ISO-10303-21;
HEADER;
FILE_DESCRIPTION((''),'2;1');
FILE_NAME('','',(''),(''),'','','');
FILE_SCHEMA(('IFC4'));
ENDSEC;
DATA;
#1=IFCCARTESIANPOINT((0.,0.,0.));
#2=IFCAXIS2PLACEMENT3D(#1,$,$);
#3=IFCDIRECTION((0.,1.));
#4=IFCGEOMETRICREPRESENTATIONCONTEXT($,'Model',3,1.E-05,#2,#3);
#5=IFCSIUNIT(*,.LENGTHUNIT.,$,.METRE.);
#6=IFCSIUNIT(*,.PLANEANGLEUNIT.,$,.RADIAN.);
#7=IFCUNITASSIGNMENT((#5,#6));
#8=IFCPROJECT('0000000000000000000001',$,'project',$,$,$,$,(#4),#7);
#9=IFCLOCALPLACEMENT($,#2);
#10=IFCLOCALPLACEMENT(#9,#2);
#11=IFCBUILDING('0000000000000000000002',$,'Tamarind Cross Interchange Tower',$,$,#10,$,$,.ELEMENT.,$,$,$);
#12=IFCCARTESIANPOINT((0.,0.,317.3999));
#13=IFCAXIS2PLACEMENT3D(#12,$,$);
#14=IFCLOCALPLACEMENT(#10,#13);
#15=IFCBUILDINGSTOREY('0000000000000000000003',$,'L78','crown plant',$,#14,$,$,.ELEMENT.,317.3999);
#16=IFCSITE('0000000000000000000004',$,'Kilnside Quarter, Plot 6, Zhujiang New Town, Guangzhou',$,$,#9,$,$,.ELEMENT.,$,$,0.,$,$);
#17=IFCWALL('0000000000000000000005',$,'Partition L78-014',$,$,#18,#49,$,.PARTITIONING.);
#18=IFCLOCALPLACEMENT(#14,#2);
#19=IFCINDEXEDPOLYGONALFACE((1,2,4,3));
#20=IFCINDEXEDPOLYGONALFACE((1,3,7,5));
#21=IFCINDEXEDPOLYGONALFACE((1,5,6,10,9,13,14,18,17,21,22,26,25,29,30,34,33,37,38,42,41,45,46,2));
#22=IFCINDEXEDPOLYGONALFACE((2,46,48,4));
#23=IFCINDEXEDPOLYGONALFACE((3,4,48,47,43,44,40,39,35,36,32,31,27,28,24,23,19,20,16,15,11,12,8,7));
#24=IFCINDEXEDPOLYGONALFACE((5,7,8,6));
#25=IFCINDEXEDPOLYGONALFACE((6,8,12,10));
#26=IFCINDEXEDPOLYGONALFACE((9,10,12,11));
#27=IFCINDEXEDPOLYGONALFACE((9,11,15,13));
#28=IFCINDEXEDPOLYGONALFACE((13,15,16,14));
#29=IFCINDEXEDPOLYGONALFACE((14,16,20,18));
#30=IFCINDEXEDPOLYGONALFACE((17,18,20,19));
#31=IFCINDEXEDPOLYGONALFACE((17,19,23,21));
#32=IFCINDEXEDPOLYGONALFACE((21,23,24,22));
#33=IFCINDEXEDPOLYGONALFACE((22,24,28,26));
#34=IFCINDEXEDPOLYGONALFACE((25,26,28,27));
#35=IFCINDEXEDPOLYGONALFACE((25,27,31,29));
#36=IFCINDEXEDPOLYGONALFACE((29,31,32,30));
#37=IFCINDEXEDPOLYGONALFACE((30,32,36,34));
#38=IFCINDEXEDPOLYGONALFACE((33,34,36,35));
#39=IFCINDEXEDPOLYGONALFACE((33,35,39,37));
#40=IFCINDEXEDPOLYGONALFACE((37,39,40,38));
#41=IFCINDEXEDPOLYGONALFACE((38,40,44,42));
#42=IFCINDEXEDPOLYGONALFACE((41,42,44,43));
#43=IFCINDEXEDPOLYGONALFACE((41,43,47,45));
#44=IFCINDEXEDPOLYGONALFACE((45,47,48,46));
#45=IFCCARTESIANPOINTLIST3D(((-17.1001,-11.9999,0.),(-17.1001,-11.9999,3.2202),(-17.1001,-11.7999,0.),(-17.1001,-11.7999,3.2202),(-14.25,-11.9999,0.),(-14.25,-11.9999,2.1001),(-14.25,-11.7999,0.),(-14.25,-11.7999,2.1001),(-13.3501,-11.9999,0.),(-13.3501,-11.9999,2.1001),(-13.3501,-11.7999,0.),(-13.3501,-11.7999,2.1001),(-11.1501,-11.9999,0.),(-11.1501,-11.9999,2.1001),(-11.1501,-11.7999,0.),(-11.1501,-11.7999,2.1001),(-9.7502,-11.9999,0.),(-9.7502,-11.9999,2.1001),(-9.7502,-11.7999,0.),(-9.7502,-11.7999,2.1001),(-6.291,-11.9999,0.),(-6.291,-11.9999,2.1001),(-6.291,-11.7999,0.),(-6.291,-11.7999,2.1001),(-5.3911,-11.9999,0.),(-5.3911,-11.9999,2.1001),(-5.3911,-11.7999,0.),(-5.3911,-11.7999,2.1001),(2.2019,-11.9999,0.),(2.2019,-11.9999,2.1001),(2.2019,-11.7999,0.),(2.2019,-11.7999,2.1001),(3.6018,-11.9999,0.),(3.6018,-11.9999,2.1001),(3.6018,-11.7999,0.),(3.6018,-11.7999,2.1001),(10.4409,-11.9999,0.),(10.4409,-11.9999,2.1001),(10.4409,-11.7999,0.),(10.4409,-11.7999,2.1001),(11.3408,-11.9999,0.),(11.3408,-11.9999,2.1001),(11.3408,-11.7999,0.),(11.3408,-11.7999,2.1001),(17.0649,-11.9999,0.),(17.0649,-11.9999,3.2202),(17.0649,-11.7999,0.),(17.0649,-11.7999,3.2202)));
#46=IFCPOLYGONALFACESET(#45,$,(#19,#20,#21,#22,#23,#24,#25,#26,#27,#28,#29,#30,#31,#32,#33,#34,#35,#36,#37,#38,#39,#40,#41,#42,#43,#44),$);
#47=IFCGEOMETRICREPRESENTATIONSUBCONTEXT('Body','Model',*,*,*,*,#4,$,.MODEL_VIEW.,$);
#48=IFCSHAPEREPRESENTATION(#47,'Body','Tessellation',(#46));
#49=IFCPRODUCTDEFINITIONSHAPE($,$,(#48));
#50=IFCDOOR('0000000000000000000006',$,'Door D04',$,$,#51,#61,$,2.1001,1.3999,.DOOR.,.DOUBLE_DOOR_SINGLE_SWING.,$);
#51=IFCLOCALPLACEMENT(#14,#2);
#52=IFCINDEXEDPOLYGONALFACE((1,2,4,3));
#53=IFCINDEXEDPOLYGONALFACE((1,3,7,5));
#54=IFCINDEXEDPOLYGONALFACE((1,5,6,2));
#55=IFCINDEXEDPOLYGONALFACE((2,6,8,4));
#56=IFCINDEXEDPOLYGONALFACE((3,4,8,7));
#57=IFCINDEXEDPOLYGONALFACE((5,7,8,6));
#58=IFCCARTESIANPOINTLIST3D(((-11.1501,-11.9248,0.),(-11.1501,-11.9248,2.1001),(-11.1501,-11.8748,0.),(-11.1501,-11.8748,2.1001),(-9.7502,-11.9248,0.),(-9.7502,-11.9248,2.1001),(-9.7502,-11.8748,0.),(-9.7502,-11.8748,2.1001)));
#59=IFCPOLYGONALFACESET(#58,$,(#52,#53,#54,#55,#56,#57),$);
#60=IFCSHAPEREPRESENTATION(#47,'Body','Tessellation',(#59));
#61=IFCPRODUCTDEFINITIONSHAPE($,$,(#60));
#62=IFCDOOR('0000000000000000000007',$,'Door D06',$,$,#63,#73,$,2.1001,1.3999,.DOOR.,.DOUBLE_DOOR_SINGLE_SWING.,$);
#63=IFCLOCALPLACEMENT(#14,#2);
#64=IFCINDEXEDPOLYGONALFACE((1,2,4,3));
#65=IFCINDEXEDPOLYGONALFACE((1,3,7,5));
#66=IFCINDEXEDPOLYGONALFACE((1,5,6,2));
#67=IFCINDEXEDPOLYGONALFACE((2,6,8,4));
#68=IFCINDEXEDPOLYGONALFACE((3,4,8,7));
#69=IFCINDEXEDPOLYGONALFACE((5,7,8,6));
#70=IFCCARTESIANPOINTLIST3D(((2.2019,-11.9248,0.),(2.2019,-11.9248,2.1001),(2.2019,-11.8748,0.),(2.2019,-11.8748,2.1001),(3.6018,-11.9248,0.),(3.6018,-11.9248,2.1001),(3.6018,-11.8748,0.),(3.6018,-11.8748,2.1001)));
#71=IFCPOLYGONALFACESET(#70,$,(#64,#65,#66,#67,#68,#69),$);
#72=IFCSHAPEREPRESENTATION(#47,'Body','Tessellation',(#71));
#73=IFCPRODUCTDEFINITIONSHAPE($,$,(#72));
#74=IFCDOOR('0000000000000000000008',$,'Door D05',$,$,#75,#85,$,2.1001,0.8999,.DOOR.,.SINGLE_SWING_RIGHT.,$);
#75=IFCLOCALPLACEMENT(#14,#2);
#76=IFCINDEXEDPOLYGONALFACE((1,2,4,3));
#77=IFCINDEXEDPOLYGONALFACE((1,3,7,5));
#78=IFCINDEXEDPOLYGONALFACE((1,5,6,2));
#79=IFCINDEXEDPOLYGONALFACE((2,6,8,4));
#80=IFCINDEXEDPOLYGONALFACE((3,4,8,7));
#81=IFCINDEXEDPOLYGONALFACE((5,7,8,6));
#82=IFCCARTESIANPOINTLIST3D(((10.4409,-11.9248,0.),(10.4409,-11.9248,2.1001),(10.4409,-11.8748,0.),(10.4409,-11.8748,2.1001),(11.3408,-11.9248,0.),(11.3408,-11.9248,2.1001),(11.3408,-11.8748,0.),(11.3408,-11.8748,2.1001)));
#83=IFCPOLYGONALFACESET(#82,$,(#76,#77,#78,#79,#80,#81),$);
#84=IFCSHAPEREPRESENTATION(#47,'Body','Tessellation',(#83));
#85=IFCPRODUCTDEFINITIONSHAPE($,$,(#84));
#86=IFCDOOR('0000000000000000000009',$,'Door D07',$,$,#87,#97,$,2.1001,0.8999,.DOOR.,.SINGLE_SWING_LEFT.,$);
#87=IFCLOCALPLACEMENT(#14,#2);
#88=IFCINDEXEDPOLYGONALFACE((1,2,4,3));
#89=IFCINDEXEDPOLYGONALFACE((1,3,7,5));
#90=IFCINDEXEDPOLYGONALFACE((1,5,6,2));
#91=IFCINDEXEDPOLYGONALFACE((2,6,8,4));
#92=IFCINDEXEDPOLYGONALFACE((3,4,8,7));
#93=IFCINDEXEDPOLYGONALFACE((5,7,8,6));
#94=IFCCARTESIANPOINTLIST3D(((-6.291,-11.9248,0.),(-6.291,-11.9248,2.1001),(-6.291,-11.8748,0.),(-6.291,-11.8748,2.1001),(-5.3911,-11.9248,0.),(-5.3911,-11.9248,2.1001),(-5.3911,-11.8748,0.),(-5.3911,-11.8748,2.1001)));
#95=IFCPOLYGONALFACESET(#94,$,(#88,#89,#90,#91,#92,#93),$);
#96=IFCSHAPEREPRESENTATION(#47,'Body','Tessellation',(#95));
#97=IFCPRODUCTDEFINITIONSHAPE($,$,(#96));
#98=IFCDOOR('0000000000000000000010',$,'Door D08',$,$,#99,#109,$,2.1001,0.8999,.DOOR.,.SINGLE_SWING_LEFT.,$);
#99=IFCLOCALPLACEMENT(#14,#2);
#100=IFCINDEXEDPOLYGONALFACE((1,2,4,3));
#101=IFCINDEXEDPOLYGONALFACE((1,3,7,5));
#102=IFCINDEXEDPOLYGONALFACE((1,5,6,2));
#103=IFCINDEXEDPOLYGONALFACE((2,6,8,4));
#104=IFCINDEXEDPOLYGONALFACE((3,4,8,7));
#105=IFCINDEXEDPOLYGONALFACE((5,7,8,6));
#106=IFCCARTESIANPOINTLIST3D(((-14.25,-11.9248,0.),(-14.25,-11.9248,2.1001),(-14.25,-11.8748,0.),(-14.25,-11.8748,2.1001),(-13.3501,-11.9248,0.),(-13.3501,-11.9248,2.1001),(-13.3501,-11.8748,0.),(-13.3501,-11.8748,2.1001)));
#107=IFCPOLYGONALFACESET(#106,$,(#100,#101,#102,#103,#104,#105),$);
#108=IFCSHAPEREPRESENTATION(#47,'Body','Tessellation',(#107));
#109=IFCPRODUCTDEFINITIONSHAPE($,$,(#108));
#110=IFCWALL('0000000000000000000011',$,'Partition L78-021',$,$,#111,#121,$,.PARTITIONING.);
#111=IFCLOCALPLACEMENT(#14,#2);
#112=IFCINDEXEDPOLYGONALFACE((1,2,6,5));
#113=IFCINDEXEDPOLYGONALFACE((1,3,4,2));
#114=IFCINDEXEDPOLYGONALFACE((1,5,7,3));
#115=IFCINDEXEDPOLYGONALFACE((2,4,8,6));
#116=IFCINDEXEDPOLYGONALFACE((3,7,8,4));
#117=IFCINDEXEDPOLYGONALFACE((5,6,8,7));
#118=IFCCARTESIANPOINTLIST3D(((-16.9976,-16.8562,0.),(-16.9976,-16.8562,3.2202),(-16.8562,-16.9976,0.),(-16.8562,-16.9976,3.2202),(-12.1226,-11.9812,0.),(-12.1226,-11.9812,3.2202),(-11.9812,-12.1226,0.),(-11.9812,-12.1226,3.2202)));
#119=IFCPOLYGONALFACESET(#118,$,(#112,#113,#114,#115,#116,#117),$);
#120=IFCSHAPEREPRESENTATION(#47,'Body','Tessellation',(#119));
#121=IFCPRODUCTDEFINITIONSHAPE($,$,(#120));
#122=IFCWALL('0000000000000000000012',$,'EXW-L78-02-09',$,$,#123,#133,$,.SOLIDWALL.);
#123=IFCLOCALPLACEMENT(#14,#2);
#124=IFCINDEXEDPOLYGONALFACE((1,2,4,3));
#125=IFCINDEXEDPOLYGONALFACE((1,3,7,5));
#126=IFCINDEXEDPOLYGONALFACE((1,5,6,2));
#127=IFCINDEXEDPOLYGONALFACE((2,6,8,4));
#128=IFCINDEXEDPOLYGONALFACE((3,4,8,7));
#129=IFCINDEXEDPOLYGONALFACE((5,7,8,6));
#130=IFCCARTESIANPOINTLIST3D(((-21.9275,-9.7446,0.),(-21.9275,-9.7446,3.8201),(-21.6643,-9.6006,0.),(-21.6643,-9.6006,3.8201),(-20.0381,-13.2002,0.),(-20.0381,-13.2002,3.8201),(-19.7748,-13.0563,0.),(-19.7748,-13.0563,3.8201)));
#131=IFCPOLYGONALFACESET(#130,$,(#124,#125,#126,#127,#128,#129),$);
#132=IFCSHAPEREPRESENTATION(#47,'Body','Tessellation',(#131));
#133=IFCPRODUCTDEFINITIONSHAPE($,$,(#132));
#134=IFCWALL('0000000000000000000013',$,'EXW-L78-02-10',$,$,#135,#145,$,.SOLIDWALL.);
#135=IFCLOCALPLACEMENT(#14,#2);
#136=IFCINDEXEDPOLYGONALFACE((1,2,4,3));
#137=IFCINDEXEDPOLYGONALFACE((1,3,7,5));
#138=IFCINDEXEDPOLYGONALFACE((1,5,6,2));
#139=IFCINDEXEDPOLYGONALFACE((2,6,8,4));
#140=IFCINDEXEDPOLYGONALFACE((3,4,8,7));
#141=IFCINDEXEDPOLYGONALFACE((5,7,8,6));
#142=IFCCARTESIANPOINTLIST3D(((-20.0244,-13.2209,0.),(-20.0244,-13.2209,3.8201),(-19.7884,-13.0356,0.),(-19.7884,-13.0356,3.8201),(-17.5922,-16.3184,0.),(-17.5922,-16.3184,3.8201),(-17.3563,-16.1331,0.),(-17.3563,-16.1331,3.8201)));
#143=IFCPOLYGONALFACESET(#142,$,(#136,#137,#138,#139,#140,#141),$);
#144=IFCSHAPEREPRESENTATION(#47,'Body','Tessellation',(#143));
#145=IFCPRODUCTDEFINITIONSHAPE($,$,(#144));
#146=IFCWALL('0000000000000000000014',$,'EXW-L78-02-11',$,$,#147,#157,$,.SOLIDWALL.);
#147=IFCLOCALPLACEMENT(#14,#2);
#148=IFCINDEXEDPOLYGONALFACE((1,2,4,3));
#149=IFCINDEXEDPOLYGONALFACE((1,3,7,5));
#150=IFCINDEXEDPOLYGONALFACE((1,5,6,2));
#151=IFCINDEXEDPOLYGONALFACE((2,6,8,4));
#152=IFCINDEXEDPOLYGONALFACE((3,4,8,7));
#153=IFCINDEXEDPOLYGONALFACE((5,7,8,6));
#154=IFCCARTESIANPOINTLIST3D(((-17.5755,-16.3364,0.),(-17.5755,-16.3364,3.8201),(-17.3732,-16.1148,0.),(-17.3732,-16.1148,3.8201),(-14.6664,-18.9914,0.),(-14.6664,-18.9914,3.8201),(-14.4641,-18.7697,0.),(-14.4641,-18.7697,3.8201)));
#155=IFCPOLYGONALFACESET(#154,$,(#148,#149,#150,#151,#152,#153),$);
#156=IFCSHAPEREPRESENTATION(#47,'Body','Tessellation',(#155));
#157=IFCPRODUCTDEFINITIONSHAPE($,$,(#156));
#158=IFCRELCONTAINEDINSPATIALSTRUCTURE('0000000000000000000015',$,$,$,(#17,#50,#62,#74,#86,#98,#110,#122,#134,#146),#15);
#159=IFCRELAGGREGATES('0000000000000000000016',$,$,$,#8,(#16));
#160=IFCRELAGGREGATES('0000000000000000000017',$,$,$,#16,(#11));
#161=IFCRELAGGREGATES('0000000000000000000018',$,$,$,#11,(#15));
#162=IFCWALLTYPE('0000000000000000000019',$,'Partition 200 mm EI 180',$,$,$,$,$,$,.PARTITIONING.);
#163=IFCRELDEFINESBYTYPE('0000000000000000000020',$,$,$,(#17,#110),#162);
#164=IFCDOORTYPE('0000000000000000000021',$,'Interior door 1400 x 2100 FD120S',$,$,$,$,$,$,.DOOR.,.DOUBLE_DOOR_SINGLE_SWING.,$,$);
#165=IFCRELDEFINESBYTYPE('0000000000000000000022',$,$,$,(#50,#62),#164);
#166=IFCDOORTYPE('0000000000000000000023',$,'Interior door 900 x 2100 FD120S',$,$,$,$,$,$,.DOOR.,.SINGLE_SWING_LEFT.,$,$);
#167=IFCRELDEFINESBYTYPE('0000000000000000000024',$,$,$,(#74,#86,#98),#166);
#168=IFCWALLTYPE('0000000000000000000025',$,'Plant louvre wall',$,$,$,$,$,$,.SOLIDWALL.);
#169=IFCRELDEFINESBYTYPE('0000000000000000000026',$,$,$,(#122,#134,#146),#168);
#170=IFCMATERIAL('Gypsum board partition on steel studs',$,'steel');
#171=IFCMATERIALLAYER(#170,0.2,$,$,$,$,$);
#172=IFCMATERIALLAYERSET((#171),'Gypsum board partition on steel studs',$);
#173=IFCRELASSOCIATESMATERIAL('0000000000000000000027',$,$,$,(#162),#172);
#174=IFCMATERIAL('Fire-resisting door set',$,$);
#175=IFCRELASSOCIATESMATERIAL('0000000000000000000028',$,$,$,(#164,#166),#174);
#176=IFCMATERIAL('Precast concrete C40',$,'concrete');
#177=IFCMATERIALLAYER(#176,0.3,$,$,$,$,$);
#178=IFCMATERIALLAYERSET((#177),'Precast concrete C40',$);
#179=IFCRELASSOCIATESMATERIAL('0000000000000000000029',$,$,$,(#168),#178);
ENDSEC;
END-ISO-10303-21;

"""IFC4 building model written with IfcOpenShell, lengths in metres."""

from ifc_helpers import new_model, si_unit, direction, frame, frame_2d, origin, place, context, subcontext, project, spatial, rectangle, extrude, material, layer, layer_set, type_object, element, fill, save


model = new_model("IFC4")

# Units and contexts
model_context = context("Model", 3, precision=1e-05, world=origin(), true_north=direction((0.0, 1.0)))
body_context = subcontext(model_context, "Body", "Model", "MODEL_VIEW")
ifc_project = project(units=[si_unit("LENGTHUNIT", "METRE"), si_unit("PLANEANGLEUNIT", "RADIAN")], contexts=[model_context])

# Site, building, storey
site_placement = place(None, origin())
site = spatial("IfcSite", under=ifc_project, at=site_placement, Name="Kilnside Quarter, Plot 6, Zhujiang New Town, Guangzhou", CompositionType="ELEMENT", RefElevation=0.0)
building_placement = place(site_placement, origin())
building = spatial("IfcBuilding", under=site, at=building_placement, Name="Tamarind Cross Interchange Tower", CompositionType="ELEMENT")
storey_placement = place(building_placement, frame((0.0, 0.0, 317.3999)))
storey = spatial("IfcBuildingStorey", under=building, at=storey_placement, Name="L78", Description="crown plant", CompositionType="ELEMENT", Elevation=317.3999)

# Shared definitions
ifc_material_1 = material(Name="Gypsum board partition on steel studs", Category="steel")

# Shared definitions
ifc_material_2 = material(Name="Fire-resisting door set")

# Wall, openings, doors
ifc_layer_1 = layer(ifc_material_1, 0.2)
ifc_layer_set_1 = layer_set([ifc_layer_1], Name="Gypsum board partition on steel studs")
wall_type_1 = type_object("IfcWallType", Name="Partition 200 mm EI 180", PredefinedType="PARTITIONING", material=ifc_layer_set_1)
wall_1_placement = place(storey_placement, frame((-17.1001, -11.8999, 0.0), z_axis=(0.0, 0.0, 1.0), x_axis=(1.0, 0.0, 0.0)))
wall_1 = element("IfcWall", 1, at=wall_1_placement, inside=storey, type_object=wall_type_1, Name="Partition L78-014", PredefinedType="PARTITIONING", context=body_context, shape_type="SweptSolid", body=[
    extrude(rectangle(XDim=34.165, YDim=0.2, at=frame_2d((17.0825, 0.0))), origin(), (0.0, 0.0, 1.0), 3.2202),
])
opening_1_placement = place(wall_1_placement, frame((5.95, 0.0, 0.0)))
opening_1 = element("IfcOpeningElement", 2, at=opening_1_placement, cuts=wall_1, PredefinedType="OPENING", context=body_context, shape_type="SweptSolid", body=[
    extrude(rectangle(XDim=1.3999, YDim=2.1001, at=frame_2d((0.7, 1.05))), frame((0.0, 0.1099, 0.0), z_axis=(0.0, -1.0, 0.0), x_axis=(1.0, 0.0, 0.0)), (0.0, 0.0, 1.0), 0.22),
])
opening_2_placement = place(wall_1_placement, frame((27.541, 0.0, 0.0)))
opening_2 = element("IfcOpeningElement", 3, at=opening_2_placement, cuts=wall_1, PredefinedType="OPENING", context=body_context, shape_type="SweptSolid", body=[
    extrude(rectangle(XDim=0.8999, YDim=2.1001, at=frame_2d((0.45, 1.05))), frame((0.0, 0.1099, 0.0), z_axis=(0.0, -1.0, 0.0), x_axis=(1.0, 0.0, 0.0)), (0.0, 0.0, 1.0), 0.22),
])
opening_3_placement = place(wall_1_placement, frame((19.302, 0.0, 0.0)))
opening_3 = element("IfcOpeningElement", 4, at=opening_3_placement, cuts=wall_1, PredefinedType="OPENING", context=body_context, shape_type="SweptSolid", body=[
    extrude(rectangle(XDim=1.3999, YDim=2.1001, at=frame_2d((0.7, 1.05))), frame((0.0, 0.1099, 0.0), z_axis=(0.0, -1.0, 0.0), x_axis=(1.0, 0.0, 0.0)), (0.0, 0.0, 1.0), 0.22),
])
opening_4_placement = place(wall_1_placement, frame((10.8091, 0.0, 0.0)))
opening_4 = element("IfcOpeningElement", 5, at=opening_4_placement, cuts=wall_1, PredefinedType="OPENING", context=body_context, shape_type="SweptSolid", body=[
    extrude(rectangle(XDim=0.8999, YDim=2.1001, at=frame_2d((0.45, 1.05))), frame((0.0, 0.1099, 0.0), z_axis=(0.0, -1.0, 0.0), x_axis=(1.0, 0.0, 0.0)), (0.0, 0.0, 1.0), 0.22),
])
opening_5_placement = place(wall_1_placement, frame((2.8501, 0.0, 0.0)))
opening_5 = element("IfcOpeningElement", 6, at=opening_5_placement, cuts=wall_1, PredefinedType="OPENING", context=body_context, shape_type="SweptSolid", body=[
    extrude(rectangle(XDim=0.8999, YDim=2.1001, at=frame_2d((0.45, 1.05))), frame((0.0, 0.1099, 0.0), z_axis=(0.0, -1.0, 0.0), x_axis=(1.0, 0.0, 0.0)), (0.0, 0.0, 1.0), 0.22),
])
door_type_1 = type_object("IfcDoorType", Name="Interior door 1400 x 2100 FD120S", OperationType="DOUBLE_DOOR_SINGLE_SWING", PredefinedType="DOOR", material=ifc_material_2)
door_1_placement = place(opening_1_placement, frame((1.3999, 0.0, 0.0), z_axis=(0.0, 0.0, 1.0), x_axis=(-1.0, 0.0, 0.0)))
door_1 = element("IfcDoor", 7, at=door_1_placement, inside=storey, type_object=door_type_1, Name="Door D04", OperationType="DOUBLE_DOOR_SINGLE_SWING", OverallHeight=2.1001, OverallWidth=1.3999, PredefinedType="DOOR", context=body_context, shape_type="SweptSolid", body=[
    extrude(rectangle(XDim=1.3999, YDim=2.1001, at=frame_2d((0.7, 1.05))), frame((0.0, 0.0249, 0.0), z_axis=(0.0, -1.0, 0.0), x_axis=(1.0, 0.0, 0.0)), (0.0, 0.0, 1.0), 0.05),
])
fill(opening_1, door_1)
door_2_placement = place(opening_3_placement, frame((1.3999, 0.0, 0.0), z_axis=(0.0, 0.0, 1.0), x_axis=(-1.0, 0.0, 0.0)))
door_2 = element("IfcDoor", 8, at=door_2_placement, inside=storey, type_object=door_type_1, Name="Door D06", OperationType="DOUBLE_DOOR_SINGLE_SWING", OverallHeight=2.1001, OverallWidth=1.3999, PredefinedType="DOOR", context=body_context, shape_type="SweptSolid", body=[
    extrude(rectangle(XDim=1.3999, YDim=2.1001, at=frame_2d((0.7, 1.05))), frame((0.0, 0.0249, 0.0), z_axis=(0.0, -1.0, 0.0), x_axis=(1.0, 0.0, 0.0)), (0.0, 0.0, 1.0), 0.05),
])
fill(opening_3, door_2)
door_type_2 = type_object("IfcDoorType", Name="Interior door 900 x 2100 FD120S", OperationType="SINGLE_SWING_LEFT", PredefinedType="DOOR", material=ifc_material_2)
door_3_placement = place(opening_2_placement, frame((0.8999, 0.0, 0.0), z_axis=(0.0, 0.0, 1.0), x_axis=(-1.0, 0.0, 0.0)))
door_3 = element("IfcDoor", 9, at=door_3_placement, inside=storey, type_object=door_type_2, Name="Door D05", OperationType="SINGLE_SWING_RIGHT", OverallHeight=2.1001, OverallWidth=0.8999, PredefinedType="DOOR", context=body_context, shape_type="SweptSolid", body=[
    extrude(rectangle(XDim=0.8999, YDim=2.1001, at=frame_2d((0.45, 1.05))), frame((0.0, 0.0249, 0.0), z_axis=(0.0, -1.0, 0.0), x_axis=(1.0, 0.0, 0.0)), (0.0, 0.0, 1.0), 0.05),
])
fill(opening_2, door_3)
door_4_placement = place(opening_4_placement, frame((0.8999, 0.0, 0.0), z_axis=(0.0, 0.0, 1.0), x_axis=(-1.0, 0.0, 0.0)))
door_4 = element("IfcDoor", 10, at=door_4_placement, inside=storey, type_object=door_type_2, Name="Door D07", OperationType="SINGLE_SWING_LEFT", OverallHeight=2.1001, OverallWidth=0.8999, PredefinedType="DOOR", context=body_context, shape_type="SweptSolid", body=[
    extrude(rectangle(XDim=0.8999, YDim=2.1001, at=frame_2d((0.45, 1.05))), frame((0.0, 0.0249, 0.0), z_axis=(0.0, -1.0, 0.0), x_axis=(1.0, 0.0, 0.0)), (0.0, 0.0, 1.0), 0.05),
])
fill(opening_4, door_4)
door_5_placement = place(opening_5_placement, frame((0.8999, 0.0, 0.0), z_axis=(0.0, 0.0, 1.0), x_axis=(-1.0, 0.0, 0.0)))
door_5 = element("IfcDoor", 11, at=door_5_placement, inside=storey, type_object=door_type_2, Name="Door D08", OperationType="SINGLE_SWING_LEFT", OverallHeight=2.1001, OverallWidth=0.8999, PredefinedType="DOOR", context=body_context, shape_type="SweptSolid", body=[
    extrude(rectangle(XDim=0.8999, YDim=2.1001, at=frame_2d((0.45, 1.05))), frame((0.0, 0.0249, 0.0), z_axis=(0.0, -1.0, 0.0), x_axis=(1.0, 0.0, 0.0)), (0.0, 0.0, 1.0), 0.05),
])
fill(opening_5, door_5)

# Walls
wall_2_placement = place(storey_placement, frame((-16.927, -16.927, 0.0), z_axis=(0.0, 0.0, 1.0), x_axis=(0.707107, 0.707107, 0.0)))
element("IfcWall", 12, at=wall_2_placement, inside=storey, type_object=wall_type_1, Name="Partition L78-021", PredefinedType="PARTITIONING", context=body_context, shape_type="SweptSolid", body=[
    extrude(rectangle(XDim=6.8943, YDim=0.2, at=frame_2d((3.4473, 0.0))), origin(), (0.0, 0.0, 1.0), 3.2202),
])
ifc_material_3 = material(Name="Precast concrete C40", Category="concrete")
ifc_layer_2 = layer(ifc_material_3, 0.3)
ifc_layer_set_2 = layer_set([ifc_layer_2], Name="Precast concrete C40")
wall_type_2 = type_object("IfcWallType", Name="Plant louvre wall", PredefinedType="SOLIDWALL", material=ifc_layer_set_2)
wall_3_placement = place(storey_placement, frame((-21.7959, -9.6726, 0.0), z_axis=(0.0, 0.0, 1.0), x_axis=(0.479742, -0.877409, 0.0)))
element("IfcWall", 13, at=wall_3_placement, inside=storey, type_object=wall_type_2, Name="EXW-L78-02-09", PredefinedType="SOLIDWALL", context=body_context, shape_type="SweptSolid", body=[
    extrude(rectangle(XDim=3.9385, YDim=0.3, at=frame_2d((1.9692, 0.0))), origin(), (0.0, 0.0, 1.0), 3.8201),
])
wall_4_placement = place(storey_placement, frame((-19.9065, -13.1282, 0.0), z_axis=(0.0, 0.0, 1.0), x_axis=(0.617578, -0.78651, 0.0)))
element("IfcWall", 14, at=wall_4_placement, inside=storey, type_object=wall_type_2, Name="EXW-L78-02-10", PredefinedType="SOLIDWALL", context=body_context, shape_type="SweptSolid", body=[
    extrude(rectangle(XDim=3.9382, YDim=0.3, at=frame_2d((1.9692, 0.0))), origin(), (0.0, 0.0, 1.0), 3.8201),
])
wall_5_placement = place(storey_placement, frame((-17.4744, -16.2256, 0.0), z_axis=(0.0, 0.0, 1.0), x_axis=(0.738634, -0.674106, 0.0)))
element("IfcWall", 15, at=wall_5_placement, inside=storey, type_object=wall_type_2, Name="EXW-L78-02-11", PredefinedType="SOLIDWALL", context=body_context, shape_type="SweptSolid", body=[
    extrude(rectangle(XDim=3.9385, YDim=0.3, at=frame_2d((1.9692, 0.0))), origin(), (0.0, 0.0, 1.0), 3.8201),
])

save(model, "model.ifc")
